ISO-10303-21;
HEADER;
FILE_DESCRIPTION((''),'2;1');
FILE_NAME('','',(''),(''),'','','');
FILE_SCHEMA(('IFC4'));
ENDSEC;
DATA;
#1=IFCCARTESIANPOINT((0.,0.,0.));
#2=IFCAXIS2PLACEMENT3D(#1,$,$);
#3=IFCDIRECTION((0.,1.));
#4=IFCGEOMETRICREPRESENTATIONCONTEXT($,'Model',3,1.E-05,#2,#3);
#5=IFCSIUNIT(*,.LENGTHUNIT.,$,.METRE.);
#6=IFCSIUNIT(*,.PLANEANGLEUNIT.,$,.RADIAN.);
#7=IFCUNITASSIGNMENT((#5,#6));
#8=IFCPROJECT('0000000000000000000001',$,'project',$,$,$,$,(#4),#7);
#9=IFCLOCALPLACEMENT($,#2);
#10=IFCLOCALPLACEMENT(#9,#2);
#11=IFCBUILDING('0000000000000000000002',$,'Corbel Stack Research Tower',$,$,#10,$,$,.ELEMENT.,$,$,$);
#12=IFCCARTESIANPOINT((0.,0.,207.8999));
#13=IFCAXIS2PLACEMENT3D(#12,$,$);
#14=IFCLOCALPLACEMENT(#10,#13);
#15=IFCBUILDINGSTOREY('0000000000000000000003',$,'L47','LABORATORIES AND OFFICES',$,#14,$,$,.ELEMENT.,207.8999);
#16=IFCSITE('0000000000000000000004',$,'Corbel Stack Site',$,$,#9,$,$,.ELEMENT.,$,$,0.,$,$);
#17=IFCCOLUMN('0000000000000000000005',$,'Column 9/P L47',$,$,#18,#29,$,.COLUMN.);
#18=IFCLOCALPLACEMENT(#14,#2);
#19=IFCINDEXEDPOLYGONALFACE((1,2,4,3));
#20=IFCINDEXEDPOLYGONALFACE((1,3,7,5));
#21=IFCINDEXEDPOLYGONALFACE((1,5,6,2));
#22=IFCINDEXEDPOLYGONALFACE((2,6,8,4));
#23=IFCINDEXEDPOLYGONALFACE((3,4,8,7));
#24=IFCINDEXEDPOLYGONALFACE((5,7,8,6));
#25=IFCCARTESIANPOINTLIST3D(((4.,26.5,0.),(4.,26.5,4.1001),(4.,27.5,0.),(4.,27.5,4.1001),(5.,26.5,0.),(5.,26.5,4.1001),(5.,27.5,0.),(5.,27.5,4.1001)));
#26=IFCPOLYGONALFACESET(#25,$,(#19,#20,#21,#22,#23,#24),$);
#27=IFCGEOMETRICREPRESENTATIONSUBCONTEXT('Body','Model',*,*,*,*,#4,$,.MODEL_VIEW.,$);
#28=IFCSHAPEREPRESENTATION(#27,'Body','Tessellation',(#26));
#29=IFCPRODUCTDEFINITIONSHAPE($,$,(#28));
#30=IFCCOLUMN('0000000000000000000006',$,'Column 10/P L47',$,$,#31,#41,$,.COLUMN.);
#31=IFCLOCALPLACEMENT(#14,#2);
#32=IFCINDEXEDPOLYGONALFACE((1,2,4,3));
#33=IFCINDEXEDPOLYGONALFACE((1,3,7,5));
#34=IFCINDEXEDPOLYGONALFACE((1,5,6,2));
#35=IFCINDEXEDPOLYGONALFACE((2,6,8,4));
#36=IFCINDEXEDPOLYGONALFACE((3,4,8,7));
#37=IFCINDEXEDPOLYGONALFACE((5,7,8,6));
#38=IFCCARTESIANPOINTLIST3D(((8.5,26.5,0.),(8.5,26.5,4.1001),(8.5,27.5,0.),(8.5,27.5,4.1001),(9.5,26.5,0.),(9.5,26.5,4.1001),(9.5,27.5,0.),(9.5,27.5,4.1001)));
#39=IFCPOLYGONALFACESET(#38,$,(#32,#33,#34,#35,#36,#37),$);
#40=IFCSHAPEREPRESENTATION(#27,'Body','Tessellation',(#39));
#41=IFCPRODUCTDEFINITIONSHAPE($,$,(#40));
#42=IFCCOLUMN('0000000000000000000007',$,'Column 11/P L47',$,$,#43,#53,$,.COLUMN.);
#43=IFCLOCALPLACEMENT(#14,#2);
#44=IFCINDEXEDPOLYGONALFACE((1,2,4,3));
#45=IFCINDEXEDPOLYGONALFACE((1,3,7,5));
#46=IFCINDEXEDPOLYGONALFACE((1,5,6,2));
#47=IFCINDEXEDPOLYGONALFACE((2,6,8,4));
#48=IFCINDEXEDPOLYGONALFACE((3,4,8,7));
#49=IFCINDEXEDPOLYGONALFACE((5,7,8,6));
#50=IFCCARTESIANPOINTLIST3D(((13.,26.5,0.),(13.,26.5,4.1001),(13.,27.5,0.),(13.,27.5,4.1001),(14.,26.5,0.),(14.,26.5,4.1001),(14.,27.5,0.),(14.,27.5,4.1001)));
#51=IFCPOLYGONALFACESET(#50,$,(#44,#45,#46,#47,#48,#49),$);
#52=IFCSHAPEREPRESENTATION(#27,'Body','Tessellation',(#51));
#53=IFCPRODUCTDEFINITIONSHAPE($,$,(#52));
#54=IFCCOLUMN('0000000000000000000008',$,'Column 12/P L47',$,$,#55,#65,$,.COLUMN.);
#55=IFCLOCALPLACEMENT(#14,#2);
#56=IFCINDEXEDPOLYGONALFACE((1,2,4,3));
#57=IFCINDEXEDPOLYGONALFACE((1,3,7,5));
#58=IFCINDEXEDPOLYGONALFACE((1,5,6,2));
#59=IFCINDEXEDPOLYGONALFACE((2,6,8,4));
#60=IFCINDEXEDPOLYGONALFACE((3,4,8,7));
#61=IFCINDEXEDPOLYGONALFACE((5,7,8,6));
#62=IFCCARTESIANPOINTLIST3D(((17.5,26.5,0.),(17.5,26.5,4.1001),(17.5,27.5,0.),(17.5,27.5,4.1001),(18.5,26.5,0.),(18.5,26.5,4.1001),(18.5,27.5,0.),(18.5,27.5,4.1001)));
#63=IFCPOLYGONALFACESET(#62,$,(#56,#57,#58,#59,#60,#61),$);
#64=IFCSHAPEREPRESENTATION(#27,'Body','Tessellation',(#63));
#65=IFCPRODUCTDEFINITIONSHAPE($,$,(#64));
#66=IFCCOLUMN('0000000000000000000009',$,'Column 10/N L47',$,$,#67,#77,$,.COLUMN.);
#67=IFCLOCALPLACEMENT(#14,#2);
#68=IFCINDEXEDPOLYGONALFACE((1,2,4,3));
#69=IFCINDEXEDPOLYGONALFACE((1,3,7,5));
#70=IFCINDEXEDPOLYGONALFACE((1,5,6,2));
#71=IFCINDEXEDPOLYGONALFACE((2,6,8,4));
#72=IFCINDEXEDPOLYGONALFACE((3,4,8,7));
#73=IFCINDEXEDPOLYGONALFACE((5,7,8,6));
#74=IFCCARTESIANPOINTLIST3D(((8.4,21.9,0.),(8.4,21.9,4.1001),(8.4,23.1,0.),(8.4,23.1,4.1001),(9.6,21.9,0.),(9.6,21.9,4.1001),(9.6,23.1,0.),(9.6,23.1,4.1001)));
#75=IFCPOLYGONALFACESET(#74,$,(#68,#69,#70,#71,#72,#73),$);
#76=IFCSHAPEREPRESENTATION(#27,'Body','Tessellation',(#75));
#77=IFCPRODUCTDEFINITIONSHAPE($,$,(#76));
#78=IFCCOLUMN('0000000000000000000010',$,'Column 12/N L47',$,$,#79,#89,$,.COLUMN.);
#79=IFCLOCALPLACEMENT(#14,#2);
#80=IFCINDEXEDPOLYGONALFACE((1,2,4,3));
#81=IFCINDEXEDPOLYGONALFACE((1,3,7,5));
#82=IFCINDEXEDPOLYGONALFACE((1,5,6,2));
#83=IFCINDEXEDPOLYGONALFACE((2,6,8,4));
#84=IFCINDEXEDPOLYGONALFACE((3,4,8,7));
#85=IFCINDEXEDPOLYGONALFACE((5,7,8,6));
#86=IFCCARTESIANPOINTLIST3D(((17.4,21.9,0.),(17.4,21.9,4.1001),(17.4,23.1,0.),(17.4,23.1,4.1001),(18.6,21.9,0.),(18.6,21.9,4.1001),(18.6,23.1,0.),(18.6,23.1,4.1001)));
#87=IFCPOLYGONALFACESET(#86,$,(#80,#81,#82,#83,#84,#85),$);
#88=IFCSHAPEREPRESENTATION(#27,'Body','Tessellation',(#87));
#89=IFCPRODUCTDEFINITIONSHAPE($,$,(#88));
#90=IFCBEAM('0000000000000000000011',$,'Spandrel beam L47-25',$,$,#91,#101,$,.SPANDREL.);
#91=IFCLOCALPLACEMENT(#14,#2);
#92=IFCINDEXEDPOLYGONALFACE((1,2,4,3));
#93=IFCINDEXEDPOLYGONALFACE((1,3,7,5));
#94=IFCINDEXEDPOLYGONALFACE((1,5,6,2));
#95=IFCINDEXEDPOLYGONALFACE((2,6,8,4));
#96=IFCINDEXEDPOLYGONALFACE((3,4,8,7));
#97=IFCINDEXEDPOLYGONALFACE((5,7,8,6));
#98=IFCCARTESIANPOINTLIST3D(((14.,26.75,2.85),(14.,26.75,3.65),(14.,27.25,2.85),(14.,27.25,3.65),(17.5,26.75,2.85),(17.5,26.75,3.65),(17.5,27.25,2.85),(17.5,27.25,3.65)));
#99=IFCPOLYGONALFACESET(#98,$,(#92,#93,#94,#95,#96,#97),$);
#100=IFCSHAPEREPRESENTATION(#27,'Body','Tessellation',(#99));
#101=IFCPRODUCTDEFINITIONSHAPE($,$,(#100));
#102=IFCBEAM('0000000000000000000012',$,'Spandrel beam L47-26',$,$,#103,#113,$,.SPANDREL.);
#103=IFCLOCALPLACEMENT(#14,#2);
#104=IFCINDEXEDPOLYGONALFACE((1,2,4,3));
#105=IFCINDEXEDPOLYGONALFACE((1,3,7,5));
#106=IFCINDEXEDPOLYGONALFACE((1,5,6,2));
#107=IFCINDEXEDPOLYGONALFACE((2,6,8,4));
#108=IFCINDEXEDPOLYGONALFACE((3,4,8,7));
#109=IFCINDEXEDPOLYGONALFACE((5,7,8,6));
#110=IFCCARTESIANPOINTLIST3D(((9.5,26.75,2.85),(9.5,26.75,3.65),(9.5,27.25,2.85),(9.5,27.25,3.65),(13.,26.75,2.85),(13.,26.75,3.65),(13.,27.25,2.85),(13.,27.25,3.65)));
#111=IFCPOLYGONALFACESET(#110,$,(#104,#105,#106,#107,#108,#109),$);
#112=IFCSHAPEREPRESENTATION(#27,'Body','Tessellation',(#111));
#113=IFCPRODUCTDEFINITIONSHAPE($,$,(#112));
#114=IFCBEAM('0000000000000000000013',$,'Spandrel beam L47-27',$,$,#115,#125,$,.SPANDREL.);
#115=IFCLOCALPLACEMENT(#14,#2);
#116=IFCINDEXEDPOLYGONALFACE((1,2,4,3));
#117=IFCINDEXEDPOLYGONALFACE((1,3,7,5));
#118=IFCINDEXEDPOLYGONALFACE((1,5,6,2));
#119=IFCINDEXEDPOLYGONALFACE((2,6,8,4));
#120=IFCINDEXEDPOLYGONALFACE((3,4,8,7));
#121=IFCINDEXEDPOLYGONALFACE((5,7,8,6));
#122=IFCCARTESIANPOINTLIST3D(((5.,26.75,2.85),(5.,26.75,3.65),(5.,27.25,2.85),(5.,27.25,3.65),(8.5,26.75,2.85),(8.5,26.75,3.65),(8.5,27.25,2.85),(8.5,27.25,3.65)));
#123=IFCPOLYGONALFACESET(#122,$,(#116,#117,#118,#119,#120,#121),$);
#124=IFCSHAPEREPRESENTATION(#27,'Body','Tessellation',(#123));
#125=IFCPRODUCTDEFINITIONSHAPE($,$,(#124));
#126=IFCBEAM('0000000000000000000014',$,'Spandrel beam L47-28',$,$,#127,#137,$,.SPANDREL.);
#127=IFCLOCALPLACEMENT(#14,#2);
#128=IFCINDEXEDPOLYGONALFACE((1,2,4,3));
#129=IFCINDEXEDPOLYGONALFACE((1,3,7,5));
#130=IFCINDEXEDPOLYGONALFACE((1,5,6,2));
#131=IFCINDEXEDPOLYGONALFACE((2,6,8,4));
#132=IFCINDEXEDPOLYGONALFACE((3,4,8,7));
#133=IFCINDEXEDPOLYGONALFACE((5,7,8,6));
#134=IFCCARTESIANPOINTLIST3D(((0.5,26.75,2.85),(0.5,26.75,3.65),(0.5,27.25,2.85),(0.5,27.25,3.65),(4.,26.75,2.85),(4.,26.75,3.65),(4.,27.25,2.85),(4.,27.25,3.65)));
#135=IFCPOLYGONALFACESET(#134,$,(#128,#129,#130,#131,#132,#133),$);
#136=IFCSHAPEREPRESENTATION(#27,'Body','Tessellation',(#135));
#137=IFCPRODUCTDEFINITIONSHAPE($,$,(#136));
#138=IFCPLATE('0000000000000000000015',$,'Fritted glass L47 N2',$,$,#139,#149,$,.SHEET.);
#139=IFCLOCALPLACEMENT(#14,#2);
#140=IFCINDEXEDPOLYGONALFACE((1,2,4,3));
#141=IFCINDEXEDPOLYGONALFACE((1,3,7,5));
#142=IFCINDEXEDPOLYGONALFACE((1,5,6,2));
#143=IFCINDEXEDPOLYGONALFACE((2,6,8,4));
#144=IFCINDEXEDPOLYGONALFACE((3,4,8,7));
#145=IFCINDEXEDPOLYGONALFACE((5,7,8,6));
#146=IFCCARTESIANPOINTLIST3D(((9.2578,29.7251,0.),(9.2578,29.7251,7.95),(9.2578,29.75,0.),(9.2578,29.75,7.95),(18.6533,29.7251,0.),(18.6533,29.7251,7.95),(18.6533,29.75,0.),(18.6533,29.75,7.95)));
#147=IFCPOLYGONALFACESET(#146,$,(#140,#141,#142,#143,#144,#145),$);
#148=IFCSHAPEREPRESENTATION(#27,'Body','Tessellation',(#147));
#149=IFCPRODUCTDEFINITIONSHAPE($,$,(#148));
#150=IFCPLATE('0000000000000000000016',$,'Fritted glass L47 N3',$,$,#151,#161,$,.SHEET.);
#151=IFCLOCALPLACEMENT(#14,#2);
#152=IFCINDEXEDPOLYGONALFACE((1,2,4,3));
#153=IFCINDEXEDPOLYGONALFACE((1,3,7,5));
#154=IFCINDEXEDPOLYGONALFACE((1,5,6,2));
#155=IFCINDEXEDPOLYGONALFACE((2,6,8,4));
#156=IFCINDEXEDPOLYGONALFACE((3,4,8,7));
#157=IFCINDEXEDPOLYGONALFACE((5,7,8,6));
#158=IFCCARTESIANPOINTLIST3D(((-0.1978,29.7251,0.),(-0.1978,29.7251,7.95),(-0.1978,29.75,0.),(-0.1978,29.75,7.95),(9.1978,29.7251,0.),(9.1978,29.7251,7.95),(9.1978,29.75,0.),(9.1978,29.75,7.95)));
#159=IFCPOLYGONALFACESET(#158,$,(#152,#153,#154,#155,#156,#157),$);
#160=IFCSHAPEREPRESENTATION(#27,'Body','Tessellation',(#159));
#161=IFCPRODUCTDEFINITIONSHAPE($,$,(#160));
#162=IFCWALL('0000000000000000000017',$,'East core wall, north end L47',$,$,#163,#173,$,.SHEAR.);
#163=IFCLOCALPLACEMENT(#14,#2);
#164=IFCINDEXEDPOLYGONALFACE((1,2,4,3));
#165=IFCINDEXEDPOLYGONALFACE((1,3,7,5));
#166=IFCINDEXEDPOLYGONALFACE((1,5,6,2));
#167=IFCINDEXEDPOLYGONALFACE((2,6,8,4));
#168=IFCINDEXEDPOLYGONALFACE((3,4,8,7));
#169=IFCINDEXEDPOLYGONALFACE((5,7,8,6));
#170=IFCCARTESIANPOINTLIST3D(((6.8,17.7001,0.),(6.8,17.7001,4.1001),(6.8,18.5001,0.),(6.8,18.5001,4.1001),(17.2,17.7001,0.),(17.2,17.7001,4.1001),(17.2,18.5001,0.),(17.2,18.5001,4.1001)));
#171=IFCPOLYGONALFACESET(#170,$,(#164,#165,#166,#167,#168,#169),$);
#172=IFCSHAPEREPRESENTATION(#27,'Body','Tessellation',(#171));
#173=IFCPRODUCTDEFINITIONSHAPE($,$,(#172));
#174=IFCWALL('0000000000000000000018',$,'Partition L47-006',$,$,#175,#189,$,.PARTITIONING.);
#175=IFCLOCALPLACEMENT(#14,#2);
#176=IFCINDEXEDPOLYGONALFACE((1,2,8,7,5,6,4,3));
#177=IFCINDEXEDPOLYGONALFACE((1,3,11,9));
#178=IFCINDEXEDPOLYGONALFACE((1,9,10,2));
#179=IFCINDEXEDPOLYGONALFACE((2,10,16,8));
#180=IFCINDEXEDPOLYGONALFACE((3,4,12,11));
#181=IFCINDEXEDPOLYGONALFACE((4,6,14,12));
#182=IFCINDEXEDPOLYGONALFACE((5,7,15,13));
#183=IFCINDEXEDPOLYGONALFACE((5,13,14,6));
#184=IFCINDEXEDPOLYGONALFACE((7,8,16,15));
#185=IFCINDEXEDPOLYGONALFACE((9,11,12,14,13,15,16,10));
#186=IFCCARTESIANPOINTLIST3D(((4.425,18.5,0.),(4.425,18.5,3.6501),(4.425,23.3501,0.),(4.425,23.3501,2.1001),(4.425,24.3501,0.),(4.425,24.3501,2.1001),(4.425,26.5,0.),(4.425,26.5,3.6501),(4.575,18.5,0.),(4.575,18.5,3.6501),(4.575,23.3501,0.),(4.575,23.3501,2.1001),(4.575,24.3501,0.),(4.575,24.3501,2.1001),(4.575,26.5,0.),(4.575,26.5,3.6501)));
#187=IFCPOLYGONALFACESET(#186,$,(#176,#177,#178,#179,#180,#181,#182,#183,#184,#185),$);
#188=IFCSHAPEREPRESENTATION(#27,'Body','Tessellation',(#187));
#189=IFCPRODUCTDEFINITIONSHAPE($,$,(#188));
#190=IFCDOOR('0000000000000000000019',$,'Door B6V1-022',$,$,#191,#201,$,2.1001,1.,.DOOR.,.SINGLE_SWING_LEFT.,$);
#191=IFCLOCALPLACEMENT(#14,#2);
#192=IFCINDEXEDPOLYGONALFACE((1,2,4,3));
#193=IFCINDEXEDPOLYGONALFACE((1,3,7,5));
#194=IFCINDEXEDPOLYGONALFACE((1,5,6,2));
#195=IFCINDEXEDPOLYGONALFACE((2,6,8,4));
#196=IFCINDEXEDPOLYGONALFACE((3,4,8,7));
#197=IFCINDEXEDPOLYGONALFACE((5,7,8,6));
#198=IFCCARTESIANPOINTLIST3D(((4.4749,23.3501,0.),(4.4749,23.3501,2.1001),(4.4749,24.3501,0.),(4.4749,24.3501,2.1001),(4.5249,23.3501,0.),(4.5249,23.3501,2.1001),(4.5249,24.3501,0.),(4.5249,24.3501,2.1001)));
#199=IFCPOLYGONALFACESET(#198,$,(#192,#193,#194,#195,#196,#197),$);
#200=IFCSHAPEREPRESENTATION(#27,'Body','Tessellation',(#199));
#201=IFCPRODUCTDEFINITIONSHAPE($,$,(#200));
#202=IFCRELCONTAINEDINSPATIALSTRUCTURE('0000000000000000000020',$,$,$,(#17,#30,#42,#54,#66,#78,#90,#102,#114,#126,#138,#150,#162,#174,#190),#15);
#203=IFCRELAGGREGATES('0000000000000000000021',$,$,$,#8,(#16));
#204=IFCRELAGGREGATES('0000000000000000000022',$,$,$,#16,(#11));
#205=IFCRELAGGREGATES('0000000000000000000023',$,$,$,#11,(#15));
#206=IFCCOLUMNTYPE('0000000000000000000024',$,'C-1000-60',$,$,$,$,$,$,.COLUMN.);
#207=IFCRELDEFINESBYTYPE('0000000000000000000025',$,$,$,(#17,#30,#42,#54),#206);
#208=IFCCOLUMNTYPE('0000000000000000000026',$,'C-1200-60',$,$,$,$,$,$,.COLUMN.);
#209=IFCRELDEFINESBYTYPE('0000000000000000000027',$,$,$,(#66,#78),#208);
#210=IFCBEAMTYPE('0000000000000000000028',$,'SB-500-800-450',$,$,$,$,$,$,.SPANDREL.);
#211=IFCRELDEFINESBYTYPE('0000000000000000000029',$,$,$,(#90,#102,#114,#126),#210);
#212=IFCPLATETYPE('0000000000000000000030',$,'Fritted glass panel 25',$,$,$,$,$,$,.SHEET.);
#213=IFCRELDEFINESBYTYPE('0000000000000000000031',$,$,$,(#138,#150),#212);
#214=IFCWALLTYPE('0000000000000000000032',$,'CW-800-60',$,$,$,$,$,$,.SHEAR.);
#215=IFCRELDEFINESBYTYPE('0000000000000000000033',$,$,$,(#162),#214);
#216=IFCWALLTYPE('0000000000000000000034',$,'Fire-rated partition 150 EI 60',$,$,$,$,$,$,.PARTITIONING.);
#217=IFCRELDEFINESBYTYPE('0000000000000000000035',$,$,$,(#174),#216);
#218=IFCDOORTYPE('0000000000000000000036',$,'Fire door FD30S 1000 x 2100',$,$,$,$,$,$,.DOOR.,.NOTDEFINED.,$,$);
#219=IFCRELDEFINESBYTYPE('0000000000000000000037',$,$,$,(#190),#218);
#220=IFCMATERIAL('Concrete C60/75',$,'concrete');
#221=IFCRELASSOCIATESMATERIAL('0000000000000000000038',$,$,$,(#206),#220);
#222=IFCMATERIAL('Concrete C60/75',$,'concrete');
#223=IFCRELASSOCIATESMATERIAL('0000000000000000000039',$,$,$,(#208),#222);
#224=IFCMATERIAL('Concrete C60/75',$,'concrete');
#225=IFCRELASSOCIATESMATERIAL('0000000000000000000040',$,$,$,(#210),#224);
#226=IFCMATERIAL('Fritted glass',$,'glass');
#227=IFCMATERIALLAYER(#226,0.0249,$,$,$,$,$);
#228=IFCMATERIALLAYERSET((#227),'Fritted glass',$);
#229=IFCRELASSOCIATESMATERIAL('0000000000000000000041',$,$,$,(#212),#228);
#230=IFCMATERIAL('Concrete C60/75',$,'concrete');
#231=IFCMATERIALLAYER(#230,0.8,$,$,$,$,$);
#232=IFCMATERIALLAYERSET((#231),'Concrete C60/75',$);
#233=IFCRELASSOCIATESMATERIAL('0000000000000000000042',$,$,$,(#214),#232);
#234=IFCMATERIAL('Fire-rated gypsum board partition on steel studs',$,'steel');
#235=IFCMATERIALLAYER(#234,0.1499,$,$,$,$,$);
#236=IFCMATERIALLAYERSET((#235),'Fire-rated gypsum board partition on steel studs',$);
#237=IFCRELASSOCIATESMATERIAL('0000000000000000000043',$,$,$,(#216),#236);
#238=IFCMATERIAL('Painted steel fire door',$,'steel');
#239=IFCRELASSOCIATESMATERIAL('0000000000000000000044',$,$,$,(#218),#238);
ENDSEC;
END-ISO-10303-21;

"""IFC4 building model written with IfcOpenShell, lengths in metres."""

from ifc_helpers import new_model, si_unit, direction, frame, frame_2d, origin, origin_2d, place, context, subcontext, project, spatial, rectangle, extrude, material, layer, layer_set, material_profile, profile_set, type_object, element, fill, save


model = new_model("IFC4")

# Units and contexts
model_context = context("Model", 3, precision=1e-05, world=origin(), true_north=direction((0.0, 1.0)))
body_context = subcontext(model_context, "Body", "Model", "MODEL_VIEW")
ifc_project = project(units=[si_unit("LENGTHUNIT", "METRE"), si_unit("PLANEANGLEUNIT", "RADIAN")], contexts=[model_context])

# Site, building, storey
site_placement = place(None, origin())
site = spatial("IfcSite", under=ifc_project, at=site_placement, Name="Corbel Stack Site", CompositionType="ELEMENT", RefElevation=0.0)
building_placement = place(site_placement, origin())
building = spatial("IfcBuilding", under=site, at=building_placement, Name="Corbel Stack Research Tower", CompositionType="ELEMENT")
storey_placement = place(building_placement, frame((0.0, 0.0, 207.8999)))
storey = spatial("IfcBuildingStorey", under=building, at=storey_placement, Name="L47", Description="LABORATORIES AND OFFICES", CompositionType="ELEMENT", Elevation=207.8999)

# Columns
ifc_material_1 = material(Name="Concrete C60/75", Category="concrete")
ifc_material_profile_1 = material_profile(ifc_material_1, rectangle(XDim=1.0, YDim=1.0, at=origin_2d()), Name="RC 1000 x 1000")
ifc_profile_set_1 = profile_set([ifc_material_profile_1], Name="Concrete C60/75")
column_type_1 = type_object("IfcColumnType", Name="C-1000-60", PredefinedType="COLUMN", material=ifc_profile_set_1)
for number, where, z_axis, x_axis, name in (
    (1, (4.5, 27.0, 0.0), (0.0, 0.0, 1.0), (1.0, 0.0, 0.0), "Column 9/P L47"),
    (2, (9.0, 27.0, 0.0), (0.0, 0.0, 1.0), (1.0, 0.0, 0.0), "Column 10/P L47"),
    (3, (13.5, 27.0, 0.0), (0.0, 0.0, 1.0), (1.0, 0.0, 0.0), "Column 11/P L47"),
    (4, (18.0, 27.0, 0.0), (0.0, 0.0, 1.0), (1.0, 0.0, 0.0), "Column 12/P L47"),
):
    element("IfcColumn", number, at=place(storey_placement, frame(where, z_axis=z_axis, x_axis=x_axis)), inside=storey, type_object=column_type_1, Name=name, PredefinedType="COLUMN", context=body_context, shape_type="SweptSolid", body=[
        extrude(rectangle(XDim=1.0, YDim=1.0, at=origin_2d()), origin(), (0.0, 0.0, 1.0), 4.1001),
    ])
ifc_material_2 = material(Name="Concrete C60/75", Category="concrete")
ifc_material_profile_2 = material_profile(ifc_material_2, rectangle(XDim=1.2, YDim=1.2, at=origin_2d()), Name="RC 1200 x 1200")
ifc_profile_set_2 = profile_set([ifc_material_profile_2], Name="Concrete C60/75")
column_type_2 = type_object("IfcColumnType", Name="C-1200-60", PredefinedType="COLUMN", material=ifc_profile_set_2)
for number, where, z_axis, x_axis, name in (
    (5, (9.0, 22.5, 0.0), (0.0, 0.0, 1.0), (1.0, 0.0, 0.0), "Column 10/N L47"),
    (6, (18.0, 22.5, 0.0), (0.0, 0.0, 1.0), (1.0, 0.0, 0.0), "Column 12/N L47"),
):
    element("IfcColumn", number, at=place(storey_placement, frame(where, z_axis=z_axis, x_axis=x_axis)), inside=storey, type_object=column_type_2, Name=name, PredefinedType="COLUMN", context=body_context, shape_type="SweptSolid", body=[
        extrude(rectangle(XDim=1.2, YDim=1.2, at=origin_2d()), origin(), (0.0, 0.0, 1.0), 4.1001),
    ])

# Beams
ifc_material_3 = material(Name="Concrete C60/75", Category="concrete")
ifc_material_profile_3 = material_profile(ifc_material_3, rectangle(XDim=0.5, YDim=0.8, at=origin_2d()), Name="RC 500 x 800")
ifc_profile_set_3 = profile_set([ifc_material_profile_3], Name="Concrete C60/75")
beam_type = type_object("IfcBeamType", Name="SB-500-800-450", PredefinedType="SPANDREL", material=ifc_profile_set_3)
for number, where, z_axis, x_axis, name in (
    (7, (17.5, 27.0, 3.25), (-1.0, 0.0, 0.0), (0.0, -1.0, 0.0), "Spandrel beam L47-25"),
    (8, (13.0, 27.0, 3.25), (-1.0, 0.0, 0.0), (0.0, -1.0, 0.0), "Spandrel beam L47-26"),
    (9, (8.5, 27.0, 3.25), (-1.0, 0.0, 0.0), (0.0, -1.0, 0.0), "Spandrel beam L47-27"),
    (10, (4.0, 27.0, 3.25), (-1.0, 0.0, 0.0), (0.0, -1.0, 0.0), "Spandrel beam L47-28"),
):
    element("IfcBeam", number, at=place(storey_placement, frame(where, z_axis=z_axis, x_axis=x_axis)), inside=storey, type_object=beam_type, Name=name, PredefinedType="SPANDREL", context=body_context, shape_type="SweptSolid", body=[
        extrude(rectangle(XDim=0.5, YDim=0.8, at=origin_2d()), origin(), (0.0, 0.0, 1.0), 3.5),
    ])

# Plates
ifc_material_4 = material(Name="Fritted glass", Category="glass")
ifc_layer_1 = layer(ifc_material_4, 0.0249)
ifc_layer_set_1 = layer_set([ifc_layer_1], Name="Fritted glass")
plate_type = type_object("IfcPlateType", Name="Fritted glass panel 25", PredefinedType="SHEET", material=ifc_layer_set_1)
for number, where, z_axis, x_axis, name in (
    (11, (13.9556, 29.7375, 0.0), (0.0, 0.0, 1.0), (-1.0, 0.0, 0.0), "Fritted glass L47 N2"),
    (12, (4.5, 29.7375, 0.0), (0.0, 0.0, 1.0), (-1.0, 0.0, 0.0), "Fritted glass L47 N3"),
):
    element("IfcPlate", number, at=place(storey_placement, frame(where, z_axis=z_axis, x_axis=x_axis)), inside=storey, type_object=plate_type, Name=name, PredefinedType="SHEET", context=body_context, shape_type="SweptSolid", body=[
        extrude(rectangle(XDim=9.3955, YDim=0.0249, at=origin_2d()), origin(), (0.0, 0.0, 1.0), 7.95),
    ])

# Wall
ifc_material_5 = material(Name="Concrete C60/75", Category="concrete")
ifc_layer_2 = layer(ifc_material_5, 0.8)
ifc_layer_set_2 = layer_set([ifc_layer_2], Name="Concrete C60/75")
wall_type_1 = type_object("IfcWallType", Name="CW-800-60", PredefinedType="SHEAR", material=ifc_layer_set_2)
wall_1_placement = place(storey_placement, frame((6.8, 18.1001, 0.0), z_axis=(0.0, 0.0, 1.0), x_axis=(1.0, 0.0, 0.0)))
element("IfcWall", 13, at=wall_1_placement, inside=storey, type_object=wall_type_1, Name="East core wall, north end L47", PredefinedType="SHEAR", context=body_context, shape_type="SweptSolid", body=[
    extrude(rectangle(XDim=10.3999, YDim=0.8, at=frame_2d((5.2, 0.0))), origin(), (0.0, 0.0, 1.0), 4.1001),
])

# Wall, opening, door
ifc_material_6 = material(Name="Fire-rated gypsum board partition on steel studs", Category="steel")
ifc_layer_3 = layer(ifc_material_6, 0.1499)
ifc_layer_set_3 = layer_set([ifc_layer_3], Name="Fire-rated gypsum board partition on steel studs")
wall_type_2 = type_object("IfcWallType", Name="Fire-rated partition 150 EI 60", PredefinedType="PARTITIONING", material=ifc_layer_set_3)
wall_2_placement = place(storey_placement, frame((4.5, 26.5, 0.0), z_axis=(0.0, 0.0, 1.0), x_axis=(0.0, -1.0, 0.0)))
wall_2 = element("IfcWall", 14, at=wall_2_placement, inside=storey, type_object=wall_type_2, Name="Partition L47-006", PredefinedType="PARTITIONING", context=body_context, shape_type="SweptSolid", body=[
    extrude(rectangle(XDim=8.0, YDim=0.1499, at=frame_2d((4.0, 0.0))), origin(), (0.0, 0.0, 1.0), 3.6501),
])
opening_1_placement = place(wall_2_placement, frame((2.1499, 0.0, 0.0)))
opening_1 = element("IfcOpeningElement", 15, at=opening_1_placement, cuts=wall_2, PredefinedType="OPENING", context=body_context, shape_type="SweptSolid", body=[
    extrude(rectangle(XDim=1.0, YDim=2.1001, at=frame_2d((0.5, 1.05))), frame((0.0, 0.085, 0.0), z_axis=(0.0, -1.0, 0.0), x_axis=(1.0, 0.0, 0.0)), (0.0, 0.0, 1.0), 0.1699),
])
ifc_material_7 = material(Name="Painted steel fire door", Category="steel")
door_type = type_object("IfcDoorType", Name="Fire door FD30S 1000 x 2100", OperationType="NOTDEFINED", PredefinedType="DOOR", material=ifc_material_7)
door_1_placement = place(opening_1_placement, origin())
door_1 = element("IfcDoor", 16, at=door_1_placement, inside=storey, type_object=door_type, Name="Door B6V1-022", OperationType="SINGLE_SWING_LEFT", OverallHeight=2.1001, OverallWidth=1.0, PredefinedType="DOOR", context=body_context, shape_type="SweptSolid", body=[
    extrude(rectangle(XDim=1.0, YDim=2.1001, at=frame_2d((0.5, 1.05))), frame((0.0, 0.0249, 0.0), z_axis=(0.0, -1.0, 0.0), x_axis=(1.0, 0.0, 0.0)), (0.0, 0.0, 1.0), 0.05),
])
fill(opening_1, door_1)

save(model, "model.ifc")
